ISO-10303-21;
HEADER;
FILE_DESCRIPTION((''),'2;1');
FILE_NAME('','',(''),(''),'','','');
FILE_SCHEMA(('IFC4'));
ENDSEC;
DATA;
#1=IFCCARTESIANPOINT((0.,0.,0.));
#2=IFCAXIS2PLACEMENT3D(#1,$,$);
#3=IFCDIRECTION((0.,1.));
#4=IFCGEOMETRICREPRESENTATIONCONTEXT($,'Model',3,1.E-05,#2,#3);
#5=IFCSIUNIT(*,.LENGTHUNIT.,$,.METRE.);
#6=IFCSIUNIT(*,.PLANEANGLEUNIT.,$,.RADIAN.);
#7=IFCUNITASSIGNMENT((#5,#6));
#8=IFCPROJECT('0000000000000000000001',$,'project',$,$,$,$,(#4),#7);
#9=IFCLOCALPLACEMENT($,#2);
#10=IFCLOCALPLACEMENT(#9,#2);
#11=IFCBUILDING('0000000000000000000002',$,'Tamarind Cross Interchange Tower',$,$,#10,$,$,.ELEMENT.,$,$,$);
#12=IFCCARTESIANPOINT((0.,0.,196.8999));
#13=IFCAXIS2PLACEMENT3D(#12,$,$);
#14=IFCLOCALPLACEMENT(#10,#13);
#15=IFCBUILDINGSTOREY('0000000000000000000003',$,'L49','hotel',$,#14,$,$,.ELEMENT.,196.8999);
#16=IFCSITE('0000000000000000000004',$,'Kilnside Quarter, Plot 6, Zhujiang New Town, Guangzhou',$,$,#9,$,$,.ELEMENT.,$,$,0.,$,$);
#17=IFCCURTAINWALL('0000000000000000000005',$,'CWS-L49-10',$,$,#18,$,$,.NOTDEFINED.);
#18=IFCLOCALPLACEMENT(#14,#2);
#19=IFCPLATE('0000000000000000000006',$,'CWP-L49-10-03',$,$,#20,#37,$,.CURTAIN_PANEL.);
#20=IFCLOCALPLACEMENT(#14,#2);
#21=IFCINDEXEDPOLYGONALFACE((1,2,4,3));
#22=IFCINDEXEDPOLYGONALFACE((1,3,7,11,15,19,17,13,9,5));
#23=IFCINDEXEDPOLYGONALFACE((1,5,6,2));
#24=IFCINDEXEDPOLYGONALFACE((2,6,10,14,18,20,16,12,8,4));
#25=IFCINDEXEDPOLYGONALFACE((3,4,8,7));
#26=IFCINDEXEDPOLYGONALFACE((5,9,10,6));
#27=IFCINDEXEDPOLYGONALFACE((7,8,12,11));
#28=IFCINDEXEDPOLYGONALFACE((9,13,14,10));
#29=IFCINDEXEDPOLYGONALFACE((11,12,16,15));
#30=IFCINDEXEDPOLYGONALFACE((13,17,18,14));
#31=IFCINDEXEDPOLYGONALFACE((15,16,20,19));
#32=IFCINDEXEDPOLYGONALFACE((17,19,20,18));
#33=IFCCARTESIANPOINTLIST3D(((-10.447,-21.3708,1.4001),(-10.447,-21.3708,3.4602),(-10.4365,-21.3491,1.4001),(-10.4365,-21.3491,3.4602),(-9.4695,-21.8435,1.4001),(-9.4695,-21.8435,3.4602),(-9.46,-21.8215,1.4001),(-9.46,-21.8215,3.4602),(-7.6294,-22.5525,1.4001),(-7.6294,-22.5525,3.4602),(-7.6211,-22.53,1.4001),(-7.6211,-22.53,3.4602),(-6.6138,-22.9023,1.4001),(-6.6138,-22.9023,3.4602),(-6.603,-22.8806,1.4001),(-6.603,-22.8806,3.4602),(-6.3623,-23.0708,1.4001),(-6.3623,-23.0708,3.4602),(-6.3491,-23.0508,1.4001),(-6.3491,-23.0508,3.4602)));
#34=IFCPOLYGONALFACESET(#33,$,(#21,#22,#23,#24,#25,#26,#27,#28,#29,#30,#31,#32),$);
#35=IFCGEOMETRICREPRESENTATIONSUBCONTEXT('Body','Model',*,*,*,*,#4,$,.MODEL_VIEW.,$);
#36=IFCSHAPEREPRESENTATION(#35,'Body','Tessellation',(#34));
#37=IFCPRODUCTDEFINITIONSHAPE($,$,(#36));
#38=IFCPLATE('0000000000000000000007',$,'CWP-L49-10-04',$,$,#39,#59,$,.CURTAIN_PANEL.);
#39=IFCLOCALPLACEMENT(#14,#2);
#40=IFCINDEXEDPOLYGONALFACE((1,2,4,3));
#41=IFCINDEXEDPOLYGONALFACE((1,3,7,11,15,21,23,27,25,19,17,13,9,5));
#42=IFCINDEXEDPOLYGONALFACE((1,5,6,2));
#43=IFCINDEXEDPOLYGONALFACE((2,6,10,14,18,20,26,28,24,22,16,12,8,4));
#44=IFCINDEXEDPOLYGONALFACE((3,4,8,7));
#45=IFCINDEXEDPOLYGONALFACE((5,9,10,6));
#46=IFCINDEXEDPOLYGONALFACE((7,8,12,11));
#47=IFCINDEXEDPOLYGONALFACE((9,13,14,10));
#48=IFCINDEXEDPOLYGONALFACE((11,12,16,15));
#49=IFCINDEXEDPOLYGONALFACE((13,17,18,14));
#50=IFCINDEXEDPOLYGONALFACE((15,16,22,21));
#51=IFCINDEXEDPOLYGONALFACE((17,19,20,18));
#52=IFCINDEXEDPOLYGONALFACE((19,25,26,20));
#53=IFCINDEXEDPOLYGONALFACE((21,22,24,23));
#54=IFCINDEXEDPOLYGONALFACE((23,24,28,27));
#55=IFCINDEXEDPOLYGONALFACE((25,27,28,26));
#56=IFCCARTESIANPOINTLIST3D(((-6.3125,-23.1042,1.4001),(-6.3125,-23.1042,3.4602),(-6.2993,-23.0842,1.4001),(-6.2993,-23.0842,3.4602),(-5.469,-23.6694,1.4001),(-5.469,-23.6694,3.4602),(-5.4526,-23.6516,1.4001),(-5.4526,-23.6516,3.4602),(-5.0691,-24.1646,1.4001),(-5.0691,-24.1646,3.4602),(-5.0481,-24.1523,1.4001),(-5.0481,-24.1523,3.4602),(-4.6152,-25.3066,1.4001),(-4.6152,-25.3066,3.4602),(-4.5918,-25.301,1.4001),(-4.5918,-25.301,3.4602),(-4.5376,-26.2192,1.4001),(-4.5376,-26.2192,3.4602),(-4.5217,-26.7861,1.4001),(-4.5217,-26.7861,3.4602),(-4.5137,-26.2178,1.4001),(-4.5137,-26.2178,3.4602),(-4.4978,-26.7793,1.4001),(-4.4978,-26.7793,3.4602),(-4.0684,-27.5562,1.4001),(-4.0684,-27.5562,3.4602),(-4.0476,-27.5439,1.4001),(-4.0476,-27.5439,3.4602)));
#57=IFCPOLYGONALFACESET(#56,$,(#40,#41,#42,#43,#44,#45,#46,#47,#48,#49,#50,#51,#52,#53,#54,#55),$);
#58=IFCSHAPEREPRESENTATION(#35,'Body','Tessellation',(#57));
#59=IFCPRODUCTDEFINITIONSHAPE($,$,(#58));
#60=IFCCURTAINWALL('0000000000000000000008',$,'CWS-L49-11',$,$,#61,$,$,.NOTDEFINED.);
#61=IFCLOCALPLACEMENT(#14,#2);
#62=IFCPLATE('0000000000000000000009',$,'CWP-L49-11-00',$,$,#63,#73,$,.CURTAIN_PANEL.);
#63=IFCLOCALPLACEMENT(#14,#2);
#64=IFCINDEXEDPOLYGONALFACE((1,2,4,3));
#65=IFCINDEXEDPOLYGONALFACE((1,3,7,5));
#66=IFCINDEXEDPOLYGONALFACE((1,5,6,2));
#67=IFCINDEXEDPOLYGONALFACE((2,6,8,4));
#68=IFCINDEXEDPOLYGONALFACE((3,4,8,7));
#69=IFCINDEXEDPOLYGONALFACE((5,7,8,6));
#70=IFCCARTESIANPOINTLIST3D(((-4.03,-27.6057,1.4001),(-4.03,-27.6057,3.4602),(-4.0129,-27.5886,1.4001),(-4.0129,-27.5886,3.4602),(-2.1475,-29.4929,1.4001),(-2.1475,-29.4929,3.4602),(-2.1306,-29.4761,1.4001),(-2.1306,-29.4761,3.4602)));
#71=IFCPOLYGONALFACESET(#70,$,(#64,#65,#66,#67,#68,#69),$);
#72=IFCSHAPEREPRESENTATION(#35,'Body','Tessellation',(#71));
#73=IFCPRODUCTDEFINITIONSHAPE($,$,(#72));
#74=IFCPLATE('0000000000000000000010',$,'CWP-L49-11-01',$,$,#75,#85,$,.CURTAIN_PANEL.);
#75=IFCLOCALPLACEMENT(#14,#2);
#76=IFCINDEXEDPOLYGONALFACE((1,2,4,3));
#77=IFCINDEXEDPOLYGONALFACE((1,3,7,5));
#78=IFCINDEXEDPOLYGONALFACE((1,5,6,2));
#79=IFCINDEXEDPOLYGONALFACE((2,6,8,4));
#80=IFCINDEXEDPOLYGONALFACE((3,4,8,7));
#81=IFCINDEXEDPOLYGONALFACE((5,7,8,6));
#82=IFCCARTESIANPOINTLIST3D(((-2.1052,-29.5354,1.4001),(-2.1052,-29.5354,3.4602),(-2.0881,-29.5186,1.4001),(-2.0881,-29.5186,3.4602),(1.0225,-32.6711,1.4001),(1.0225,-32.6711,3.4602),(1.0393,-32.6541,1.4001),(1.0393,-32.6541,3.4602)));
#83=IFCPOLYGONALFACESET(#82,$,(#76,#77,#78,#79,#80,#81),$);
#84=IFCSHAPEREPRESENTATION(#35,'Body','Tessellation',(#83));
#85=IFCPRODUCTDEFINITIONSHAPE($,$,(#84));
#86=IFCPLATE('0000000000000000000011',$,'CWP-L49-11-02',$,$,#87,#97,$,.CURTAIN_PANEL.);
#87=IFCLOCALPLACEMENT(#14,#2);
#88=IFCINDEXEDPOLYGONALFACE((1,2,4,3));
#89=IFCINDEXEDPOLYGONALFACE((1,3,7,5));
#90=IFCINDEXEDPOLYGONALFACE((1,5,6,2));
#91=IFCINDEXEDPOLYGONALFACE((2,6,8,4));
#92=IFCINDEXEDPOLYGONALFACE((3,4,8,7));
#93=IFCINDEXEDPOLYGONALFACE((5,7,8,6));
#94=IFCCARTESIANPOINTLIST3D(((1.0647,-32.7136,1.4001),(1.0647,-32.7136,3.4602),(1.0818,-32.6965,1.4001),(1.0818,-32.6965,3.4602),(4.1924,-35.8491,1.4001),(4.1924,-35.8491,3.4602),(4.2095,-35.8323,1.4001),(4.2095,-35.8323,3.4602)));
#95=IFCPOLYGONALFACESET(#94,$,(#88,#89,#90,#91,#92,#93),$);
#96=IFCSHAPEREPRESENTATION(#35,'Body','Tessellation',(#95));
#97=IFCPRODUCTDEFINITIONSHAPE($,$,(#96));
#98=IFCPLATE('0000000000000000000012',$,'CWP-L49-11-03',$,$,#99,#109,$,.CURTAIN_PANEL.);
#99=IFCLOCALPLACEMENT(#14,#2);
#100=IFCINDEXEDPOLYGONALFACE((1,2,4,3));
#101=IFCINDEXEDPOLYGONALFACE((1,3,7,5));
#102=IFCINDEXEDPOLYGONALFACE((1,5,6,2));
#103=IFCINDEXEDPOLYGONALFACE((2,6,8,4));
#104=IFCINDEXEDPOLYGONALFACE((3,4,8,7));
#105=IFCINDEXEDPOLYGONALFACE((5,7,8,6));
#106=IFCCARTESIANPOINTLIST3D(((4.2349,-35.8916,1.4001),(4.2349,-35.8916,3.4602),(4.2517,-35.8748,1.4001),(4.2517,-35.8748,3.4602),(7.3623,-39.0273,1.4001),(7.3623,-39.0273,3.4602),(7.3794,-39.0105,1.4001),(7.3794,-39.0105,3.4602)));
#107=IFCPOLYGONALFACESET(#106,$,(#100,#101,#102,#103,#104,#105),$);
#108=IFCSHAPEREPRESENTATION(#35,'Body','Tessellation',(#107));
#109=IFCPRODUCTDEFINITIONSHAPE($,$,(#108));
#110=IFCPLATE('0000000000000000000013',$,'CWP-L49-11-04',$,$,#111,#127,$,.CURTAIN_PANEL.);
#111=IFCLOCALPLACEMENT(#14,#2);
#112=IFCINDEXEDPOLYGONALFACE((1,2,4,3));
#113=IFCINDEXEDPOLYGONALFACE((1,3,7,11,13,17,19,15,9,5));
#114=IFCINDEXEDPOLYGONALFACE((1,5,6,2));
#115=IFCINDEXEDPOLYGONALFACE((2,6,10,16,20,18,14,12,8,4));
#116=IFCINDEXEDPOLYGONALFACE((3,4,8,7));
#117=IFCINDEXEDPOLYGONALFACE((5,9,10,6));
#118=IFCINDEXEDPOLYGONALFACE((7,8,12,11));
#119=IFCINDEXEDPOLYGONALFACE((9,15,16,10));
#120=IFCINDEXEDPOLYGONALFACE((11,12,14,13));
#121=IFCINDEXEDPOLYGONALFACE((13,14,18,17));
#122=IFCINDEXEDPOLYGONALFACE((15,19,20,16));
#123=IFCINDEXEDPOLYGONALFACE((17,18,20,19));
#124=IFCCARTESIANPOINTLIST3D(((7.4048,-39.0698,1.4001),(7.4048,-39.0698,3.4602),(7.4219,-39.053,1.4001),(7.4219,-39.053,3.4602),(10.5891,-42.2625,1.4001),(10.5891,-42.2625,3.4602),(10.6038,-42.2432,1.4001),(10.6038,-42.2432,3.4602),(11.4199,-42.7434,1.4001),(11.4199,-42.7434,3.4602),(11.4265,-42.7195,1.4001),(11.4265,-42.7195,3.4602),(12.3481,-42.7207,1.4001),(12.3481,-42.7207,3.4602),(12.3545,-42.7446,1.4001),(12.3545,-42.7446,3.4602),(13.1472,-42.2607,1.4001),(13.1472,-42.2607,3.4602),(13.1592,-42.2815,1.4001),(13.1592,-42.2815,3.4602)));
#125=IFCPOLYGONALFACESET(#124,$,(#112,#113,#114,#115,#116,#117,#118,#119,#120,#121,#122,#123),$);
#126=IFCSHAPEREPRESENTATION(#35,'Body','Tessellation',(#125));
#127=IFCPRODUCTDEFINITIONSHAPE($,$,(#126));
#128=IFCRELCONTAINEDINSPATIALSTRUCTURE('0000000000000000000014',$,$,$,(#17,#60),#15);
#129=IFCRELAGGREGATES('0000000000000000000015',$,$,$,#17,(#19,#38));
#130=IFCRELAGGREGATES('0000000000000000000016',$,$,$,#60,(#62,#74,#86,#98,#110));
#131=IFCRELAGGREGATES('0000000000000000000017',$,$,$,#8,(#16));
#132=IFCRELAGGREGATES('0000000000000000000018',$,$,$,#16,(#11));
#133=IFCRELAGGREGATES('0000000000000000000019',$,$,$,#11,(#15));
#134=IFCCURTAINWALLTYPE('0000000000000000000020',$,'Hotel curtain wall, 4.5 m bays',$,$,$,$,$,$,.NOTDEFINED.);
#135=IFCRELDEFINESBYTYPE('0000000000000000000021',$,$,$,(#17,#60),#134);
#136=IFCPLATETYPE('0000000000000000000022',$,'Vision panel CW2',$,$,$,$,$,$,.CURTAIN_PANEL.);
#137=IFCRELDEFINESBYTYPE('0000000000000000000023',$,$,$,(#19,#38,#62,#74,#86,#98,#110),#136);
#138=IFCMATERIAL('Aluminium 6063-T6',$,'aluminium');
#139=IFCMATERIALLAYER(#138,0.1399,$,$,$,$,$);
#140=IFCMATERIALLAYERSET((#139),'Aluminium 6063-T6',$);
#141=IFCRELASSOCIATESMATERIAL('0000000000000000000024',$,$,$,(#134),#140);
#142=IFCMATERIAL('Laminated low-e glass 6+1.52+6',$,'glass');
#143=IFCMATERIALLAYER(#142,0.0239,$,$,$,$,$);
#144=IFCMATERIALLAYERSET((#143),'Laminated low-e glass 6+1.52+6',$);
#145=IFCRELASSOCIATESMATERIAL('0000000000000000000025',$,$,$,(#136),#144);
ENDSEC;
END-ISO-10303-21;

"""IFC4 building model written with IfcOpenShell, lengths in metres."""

from ifc_helpers import new_model, si_unit, direction, frame, origin, place, context, subcontext, project, spatial, polyline, outline, extrude, material, layer, layer_set, type_object, element, aggregate, save


model = new_model("IFC4")

# Units and contexts
model_context = context("Model", 3, precision=1e-05, world=origin(), true_north=direction((0.0, 1.0)))
body_context = subcontext(model_context, "Body", "Model", "MODEL_VIEW")
ifc_project = project(units=[si_unit("LENGTHUNIT", "METRE"), si_unit("PLANEANGLEUNIT", "RADIAN")], contexts=[model_context])

# Site, building, storey
site_placement = place(None, origin())
site = spatial("IfcSite", under=ifc_project, at=site_placement, Name="Kilnside Quarter, Plot 6, Zhujiang New Town, Guangzhou", CompositionType="ELEMENT", RefElevation=0.0)
building_placement = place(site_placement, origin())
building = spatial("IfcBuilding", under=site, at=building_placement, Name="Tamarind Cross Interchange Tower", CompositionType="ELEMENT")
storey_placement = place(building_placement, frame((0.0, 0.0, 196.8999)))
storey = spatial("IfcBuildingStorey", under=building, at=storey_placement, Name="L49", Description="hotel", CompositionType="ELEMENT", Elevation=196.8999)

# Curtain walls, plates
ifc_material_1 = material(Name="Aluminium 6063-T6", Category="aluminium")
ifc_layer_1 = layer(ifc_material_1, 0.1399)
ifc_layer_set_1 = layer_set([ifc_layer_1], Name="Aluminium 6063-T6")
curtain_wall_type = type_object("IfcCurtainWallType", Name="Hotel curtain wall, 4.5 m bays", PredefinedType="NOTDEFINED", material=ifc_layer_set_1)
ifc_material_2 = material(Name="Laminated low-e glass 6+1.52+6", Category="glass")
ifc_layer_2 = layer(ifc_material_2, 0.0239)
ifc_layer_set_2 = layer_set([ifc_layer_2], Name="Laminated low-e glass 6+1.52+6")
plate_type = type_object("IfcPlateType", Name="Vision panel CW2", PredefinedType="CURTAIN_PANEL", material=ifc_layer_set_2)
curtain_wall_1_placement = place(storey_placement, origin())
curtain_wall_1 = element("IfcCurtainWall", 1, at=curtain_wall_1_placement, inside=storey, type_object=curtain_wall_type, Name="CWS-L49-10", PredefinedType="NOTDEFINED")
plate_1_placement = place(storey_placement, frame((0.0, 0.0, 1.4001)))
plate_1 = element("IfcPlate", 2, at=plate_1_placement, type_object=plate_type, Name="CWP-L49-10-03", PredefinedType="CURTAIN_PANEL", context=body_context, shape_type="SweptSolid", body=[
    extrude(outline(polyline([(-10.4365, -21.3491), (-9.46, -21.8215), (-7.6211, -22.53), (-6.603, -22.8806), (-6.3491, -23.0508), (-6.3623, -23.0708), (-6.6138, -22.9023), (-7.6294, -22.5525), (-9.4695, -21.8435), (-10.447, -21.3708), (-10.4365, -21.3491)])), origin(), (0.0, 0.0, 1.0), 2.0601),
])
plate_2_placement = place(storey_placement, frame((0.0, 0.0, 1.4001)))
plate_2 = element("IfcPlate", 3, at=plate_2_placement, type_object=plate_type, Name="CWP-L49-10-04", PredefinedType="CURTAIN_PANEL", context=body_context, shape_type="SweptSolid", body=[
    extrude(outline(polyline([(-6.2993, -23.0842), (-5.4526, -23.6516), (-5.0481, -24.1523), (-4.5918, -25.301), (-4.5137, -26.2178), (-4.4978, -26.7793), (-4.0476, -27.5439), (-4.0684, -27.5562), (-4.5217, -26.7861), (-4.5376, -26.2192), (-4.6152, -25.3066), (-5.0691, -24.1646), (-5.469, -23.6694), (-6.3125, -23.1042), (-6.2993, -23.0842)])), origin(), (0.0, 0.0, 1.0), 2.0601),
])
aggregate(curtain_wall_1, [plate_1, plate_2])
curtain_wall_2_placement = place(storey_placement, origin())
curtain_wall_2 = element("IfcCurtainWall", 4, at=curtain_wall_2_placement, inside=storey, type_object=curtain_wall_type, Name="CWS-L49-11", PredefinedType="NOTDEFINED")
plate_3_placement = place(storey_placement, frame((0.0, 0.0, 1.4001)))
plate_3 = element("IfcPlate", 5, at=plate_3_placement, type_object=plate_type, Name="CWP-L49-11-00", PredefinedType="CURTAIN_PANEL", context=body_context, shape_type="SweptSolid", body=[
    extrude(outline(polyline([(-4.0129, -27.5886), (-2.1306, -29.4761), (-2.1475, -29.4929), (-4.03, -27.6057), (-4.0129, -27.5886)])), origin(), (0.0, 0.0, 1.0), 2.0601),
])
plate_4_placement = place(storey_placement, frame((0.0, 0.0, 1.4001)))
plate_4 = element("IfcPlate", 6, at=plate_4_placement, type_object=plate_type, Name="CWP-L49-11-01", PredefinedType="CURTAIN_PANEL", context=body_context, shape_type="SweptSolid", body=[
    extrude(outline(polyline([(-2.0881, -29.5186), (1.0393, -32.6541), (1.0225, -32.6711), (-2.1052, -29.5354), (-2.0881, -29.5186)])), origin(), (0.0, 0.0, 1.0), 2.0601),
])
plate_5_placement = place(storey_placement, frame((0.0, 0.0, 1.4001)))
plate_5 = element("IfcPlate", 7, at=plate_5_placement, type_object=plate_type, Name="CWP-L49-11-02", PredefinedType="CURTAIN_PANEL", context=body_context, shape_type="SweptSolid", body=[
    extrude(outline(polyline([(1.0818, -32.6965), (4.2095, -35.8323), (4.1924, -35.8491), (1.0647, -32.7136), (1.0818, -32.6965)])), origin(), (0.0, 0.0, 1.0), 2.0601),
])
plate_6_placement = place(storey_placement, frame((0.0, 0.0, 1.4001)))
plate_6 = element("IfcPlate", 8, at=plate_6_placement, type_object=plate_type, Name="CWP-L49-11-03", PredefinedType="CURTAIN_PANEL", context=body_context, shape_type="SweptSolid", body=[
    extrude(outline(polyline([(4.2517, -35.8748), (7.3794, -39.0105), (7.3623, -39.0273), (4.2349, -35.8916), (4.2517, -35.8748)])), origin(), (0.0, 0.0, 1.0), 2.0601),
])
plate_7_placement = place(storey_placement, frame((0.0, 0.0, 1.4001)))
plate_7 = element("IfcPlate", 9, at=plate_7_placement, type_object=plate_type, Name="CWP-L49-11-04", PredefinedType="CURTAIN_PANEL", context=body_context, shape_type="SweptSolid", body=[
    extrude(outline(polyline([(7.4219, -39.053), (10.6038, -42.2432), (11.4265, -42.7195), (12.3481, -42.7207), (13.1472, -42.2607), (13.1592, -42.2815), (12.3545, -42.7446), (11.4199, -42.7434), (10.5891, -42.2625), (7.4048, -39.0698), (7.4219, -39.053)])), origin(), (0.0, 0.0, 1.0), 2.0601),
])
aggregate(curtain_wall_2, [plate_3, plate_4, plate_5, plate_6, plate_7])

save(model, "model.ifc")
